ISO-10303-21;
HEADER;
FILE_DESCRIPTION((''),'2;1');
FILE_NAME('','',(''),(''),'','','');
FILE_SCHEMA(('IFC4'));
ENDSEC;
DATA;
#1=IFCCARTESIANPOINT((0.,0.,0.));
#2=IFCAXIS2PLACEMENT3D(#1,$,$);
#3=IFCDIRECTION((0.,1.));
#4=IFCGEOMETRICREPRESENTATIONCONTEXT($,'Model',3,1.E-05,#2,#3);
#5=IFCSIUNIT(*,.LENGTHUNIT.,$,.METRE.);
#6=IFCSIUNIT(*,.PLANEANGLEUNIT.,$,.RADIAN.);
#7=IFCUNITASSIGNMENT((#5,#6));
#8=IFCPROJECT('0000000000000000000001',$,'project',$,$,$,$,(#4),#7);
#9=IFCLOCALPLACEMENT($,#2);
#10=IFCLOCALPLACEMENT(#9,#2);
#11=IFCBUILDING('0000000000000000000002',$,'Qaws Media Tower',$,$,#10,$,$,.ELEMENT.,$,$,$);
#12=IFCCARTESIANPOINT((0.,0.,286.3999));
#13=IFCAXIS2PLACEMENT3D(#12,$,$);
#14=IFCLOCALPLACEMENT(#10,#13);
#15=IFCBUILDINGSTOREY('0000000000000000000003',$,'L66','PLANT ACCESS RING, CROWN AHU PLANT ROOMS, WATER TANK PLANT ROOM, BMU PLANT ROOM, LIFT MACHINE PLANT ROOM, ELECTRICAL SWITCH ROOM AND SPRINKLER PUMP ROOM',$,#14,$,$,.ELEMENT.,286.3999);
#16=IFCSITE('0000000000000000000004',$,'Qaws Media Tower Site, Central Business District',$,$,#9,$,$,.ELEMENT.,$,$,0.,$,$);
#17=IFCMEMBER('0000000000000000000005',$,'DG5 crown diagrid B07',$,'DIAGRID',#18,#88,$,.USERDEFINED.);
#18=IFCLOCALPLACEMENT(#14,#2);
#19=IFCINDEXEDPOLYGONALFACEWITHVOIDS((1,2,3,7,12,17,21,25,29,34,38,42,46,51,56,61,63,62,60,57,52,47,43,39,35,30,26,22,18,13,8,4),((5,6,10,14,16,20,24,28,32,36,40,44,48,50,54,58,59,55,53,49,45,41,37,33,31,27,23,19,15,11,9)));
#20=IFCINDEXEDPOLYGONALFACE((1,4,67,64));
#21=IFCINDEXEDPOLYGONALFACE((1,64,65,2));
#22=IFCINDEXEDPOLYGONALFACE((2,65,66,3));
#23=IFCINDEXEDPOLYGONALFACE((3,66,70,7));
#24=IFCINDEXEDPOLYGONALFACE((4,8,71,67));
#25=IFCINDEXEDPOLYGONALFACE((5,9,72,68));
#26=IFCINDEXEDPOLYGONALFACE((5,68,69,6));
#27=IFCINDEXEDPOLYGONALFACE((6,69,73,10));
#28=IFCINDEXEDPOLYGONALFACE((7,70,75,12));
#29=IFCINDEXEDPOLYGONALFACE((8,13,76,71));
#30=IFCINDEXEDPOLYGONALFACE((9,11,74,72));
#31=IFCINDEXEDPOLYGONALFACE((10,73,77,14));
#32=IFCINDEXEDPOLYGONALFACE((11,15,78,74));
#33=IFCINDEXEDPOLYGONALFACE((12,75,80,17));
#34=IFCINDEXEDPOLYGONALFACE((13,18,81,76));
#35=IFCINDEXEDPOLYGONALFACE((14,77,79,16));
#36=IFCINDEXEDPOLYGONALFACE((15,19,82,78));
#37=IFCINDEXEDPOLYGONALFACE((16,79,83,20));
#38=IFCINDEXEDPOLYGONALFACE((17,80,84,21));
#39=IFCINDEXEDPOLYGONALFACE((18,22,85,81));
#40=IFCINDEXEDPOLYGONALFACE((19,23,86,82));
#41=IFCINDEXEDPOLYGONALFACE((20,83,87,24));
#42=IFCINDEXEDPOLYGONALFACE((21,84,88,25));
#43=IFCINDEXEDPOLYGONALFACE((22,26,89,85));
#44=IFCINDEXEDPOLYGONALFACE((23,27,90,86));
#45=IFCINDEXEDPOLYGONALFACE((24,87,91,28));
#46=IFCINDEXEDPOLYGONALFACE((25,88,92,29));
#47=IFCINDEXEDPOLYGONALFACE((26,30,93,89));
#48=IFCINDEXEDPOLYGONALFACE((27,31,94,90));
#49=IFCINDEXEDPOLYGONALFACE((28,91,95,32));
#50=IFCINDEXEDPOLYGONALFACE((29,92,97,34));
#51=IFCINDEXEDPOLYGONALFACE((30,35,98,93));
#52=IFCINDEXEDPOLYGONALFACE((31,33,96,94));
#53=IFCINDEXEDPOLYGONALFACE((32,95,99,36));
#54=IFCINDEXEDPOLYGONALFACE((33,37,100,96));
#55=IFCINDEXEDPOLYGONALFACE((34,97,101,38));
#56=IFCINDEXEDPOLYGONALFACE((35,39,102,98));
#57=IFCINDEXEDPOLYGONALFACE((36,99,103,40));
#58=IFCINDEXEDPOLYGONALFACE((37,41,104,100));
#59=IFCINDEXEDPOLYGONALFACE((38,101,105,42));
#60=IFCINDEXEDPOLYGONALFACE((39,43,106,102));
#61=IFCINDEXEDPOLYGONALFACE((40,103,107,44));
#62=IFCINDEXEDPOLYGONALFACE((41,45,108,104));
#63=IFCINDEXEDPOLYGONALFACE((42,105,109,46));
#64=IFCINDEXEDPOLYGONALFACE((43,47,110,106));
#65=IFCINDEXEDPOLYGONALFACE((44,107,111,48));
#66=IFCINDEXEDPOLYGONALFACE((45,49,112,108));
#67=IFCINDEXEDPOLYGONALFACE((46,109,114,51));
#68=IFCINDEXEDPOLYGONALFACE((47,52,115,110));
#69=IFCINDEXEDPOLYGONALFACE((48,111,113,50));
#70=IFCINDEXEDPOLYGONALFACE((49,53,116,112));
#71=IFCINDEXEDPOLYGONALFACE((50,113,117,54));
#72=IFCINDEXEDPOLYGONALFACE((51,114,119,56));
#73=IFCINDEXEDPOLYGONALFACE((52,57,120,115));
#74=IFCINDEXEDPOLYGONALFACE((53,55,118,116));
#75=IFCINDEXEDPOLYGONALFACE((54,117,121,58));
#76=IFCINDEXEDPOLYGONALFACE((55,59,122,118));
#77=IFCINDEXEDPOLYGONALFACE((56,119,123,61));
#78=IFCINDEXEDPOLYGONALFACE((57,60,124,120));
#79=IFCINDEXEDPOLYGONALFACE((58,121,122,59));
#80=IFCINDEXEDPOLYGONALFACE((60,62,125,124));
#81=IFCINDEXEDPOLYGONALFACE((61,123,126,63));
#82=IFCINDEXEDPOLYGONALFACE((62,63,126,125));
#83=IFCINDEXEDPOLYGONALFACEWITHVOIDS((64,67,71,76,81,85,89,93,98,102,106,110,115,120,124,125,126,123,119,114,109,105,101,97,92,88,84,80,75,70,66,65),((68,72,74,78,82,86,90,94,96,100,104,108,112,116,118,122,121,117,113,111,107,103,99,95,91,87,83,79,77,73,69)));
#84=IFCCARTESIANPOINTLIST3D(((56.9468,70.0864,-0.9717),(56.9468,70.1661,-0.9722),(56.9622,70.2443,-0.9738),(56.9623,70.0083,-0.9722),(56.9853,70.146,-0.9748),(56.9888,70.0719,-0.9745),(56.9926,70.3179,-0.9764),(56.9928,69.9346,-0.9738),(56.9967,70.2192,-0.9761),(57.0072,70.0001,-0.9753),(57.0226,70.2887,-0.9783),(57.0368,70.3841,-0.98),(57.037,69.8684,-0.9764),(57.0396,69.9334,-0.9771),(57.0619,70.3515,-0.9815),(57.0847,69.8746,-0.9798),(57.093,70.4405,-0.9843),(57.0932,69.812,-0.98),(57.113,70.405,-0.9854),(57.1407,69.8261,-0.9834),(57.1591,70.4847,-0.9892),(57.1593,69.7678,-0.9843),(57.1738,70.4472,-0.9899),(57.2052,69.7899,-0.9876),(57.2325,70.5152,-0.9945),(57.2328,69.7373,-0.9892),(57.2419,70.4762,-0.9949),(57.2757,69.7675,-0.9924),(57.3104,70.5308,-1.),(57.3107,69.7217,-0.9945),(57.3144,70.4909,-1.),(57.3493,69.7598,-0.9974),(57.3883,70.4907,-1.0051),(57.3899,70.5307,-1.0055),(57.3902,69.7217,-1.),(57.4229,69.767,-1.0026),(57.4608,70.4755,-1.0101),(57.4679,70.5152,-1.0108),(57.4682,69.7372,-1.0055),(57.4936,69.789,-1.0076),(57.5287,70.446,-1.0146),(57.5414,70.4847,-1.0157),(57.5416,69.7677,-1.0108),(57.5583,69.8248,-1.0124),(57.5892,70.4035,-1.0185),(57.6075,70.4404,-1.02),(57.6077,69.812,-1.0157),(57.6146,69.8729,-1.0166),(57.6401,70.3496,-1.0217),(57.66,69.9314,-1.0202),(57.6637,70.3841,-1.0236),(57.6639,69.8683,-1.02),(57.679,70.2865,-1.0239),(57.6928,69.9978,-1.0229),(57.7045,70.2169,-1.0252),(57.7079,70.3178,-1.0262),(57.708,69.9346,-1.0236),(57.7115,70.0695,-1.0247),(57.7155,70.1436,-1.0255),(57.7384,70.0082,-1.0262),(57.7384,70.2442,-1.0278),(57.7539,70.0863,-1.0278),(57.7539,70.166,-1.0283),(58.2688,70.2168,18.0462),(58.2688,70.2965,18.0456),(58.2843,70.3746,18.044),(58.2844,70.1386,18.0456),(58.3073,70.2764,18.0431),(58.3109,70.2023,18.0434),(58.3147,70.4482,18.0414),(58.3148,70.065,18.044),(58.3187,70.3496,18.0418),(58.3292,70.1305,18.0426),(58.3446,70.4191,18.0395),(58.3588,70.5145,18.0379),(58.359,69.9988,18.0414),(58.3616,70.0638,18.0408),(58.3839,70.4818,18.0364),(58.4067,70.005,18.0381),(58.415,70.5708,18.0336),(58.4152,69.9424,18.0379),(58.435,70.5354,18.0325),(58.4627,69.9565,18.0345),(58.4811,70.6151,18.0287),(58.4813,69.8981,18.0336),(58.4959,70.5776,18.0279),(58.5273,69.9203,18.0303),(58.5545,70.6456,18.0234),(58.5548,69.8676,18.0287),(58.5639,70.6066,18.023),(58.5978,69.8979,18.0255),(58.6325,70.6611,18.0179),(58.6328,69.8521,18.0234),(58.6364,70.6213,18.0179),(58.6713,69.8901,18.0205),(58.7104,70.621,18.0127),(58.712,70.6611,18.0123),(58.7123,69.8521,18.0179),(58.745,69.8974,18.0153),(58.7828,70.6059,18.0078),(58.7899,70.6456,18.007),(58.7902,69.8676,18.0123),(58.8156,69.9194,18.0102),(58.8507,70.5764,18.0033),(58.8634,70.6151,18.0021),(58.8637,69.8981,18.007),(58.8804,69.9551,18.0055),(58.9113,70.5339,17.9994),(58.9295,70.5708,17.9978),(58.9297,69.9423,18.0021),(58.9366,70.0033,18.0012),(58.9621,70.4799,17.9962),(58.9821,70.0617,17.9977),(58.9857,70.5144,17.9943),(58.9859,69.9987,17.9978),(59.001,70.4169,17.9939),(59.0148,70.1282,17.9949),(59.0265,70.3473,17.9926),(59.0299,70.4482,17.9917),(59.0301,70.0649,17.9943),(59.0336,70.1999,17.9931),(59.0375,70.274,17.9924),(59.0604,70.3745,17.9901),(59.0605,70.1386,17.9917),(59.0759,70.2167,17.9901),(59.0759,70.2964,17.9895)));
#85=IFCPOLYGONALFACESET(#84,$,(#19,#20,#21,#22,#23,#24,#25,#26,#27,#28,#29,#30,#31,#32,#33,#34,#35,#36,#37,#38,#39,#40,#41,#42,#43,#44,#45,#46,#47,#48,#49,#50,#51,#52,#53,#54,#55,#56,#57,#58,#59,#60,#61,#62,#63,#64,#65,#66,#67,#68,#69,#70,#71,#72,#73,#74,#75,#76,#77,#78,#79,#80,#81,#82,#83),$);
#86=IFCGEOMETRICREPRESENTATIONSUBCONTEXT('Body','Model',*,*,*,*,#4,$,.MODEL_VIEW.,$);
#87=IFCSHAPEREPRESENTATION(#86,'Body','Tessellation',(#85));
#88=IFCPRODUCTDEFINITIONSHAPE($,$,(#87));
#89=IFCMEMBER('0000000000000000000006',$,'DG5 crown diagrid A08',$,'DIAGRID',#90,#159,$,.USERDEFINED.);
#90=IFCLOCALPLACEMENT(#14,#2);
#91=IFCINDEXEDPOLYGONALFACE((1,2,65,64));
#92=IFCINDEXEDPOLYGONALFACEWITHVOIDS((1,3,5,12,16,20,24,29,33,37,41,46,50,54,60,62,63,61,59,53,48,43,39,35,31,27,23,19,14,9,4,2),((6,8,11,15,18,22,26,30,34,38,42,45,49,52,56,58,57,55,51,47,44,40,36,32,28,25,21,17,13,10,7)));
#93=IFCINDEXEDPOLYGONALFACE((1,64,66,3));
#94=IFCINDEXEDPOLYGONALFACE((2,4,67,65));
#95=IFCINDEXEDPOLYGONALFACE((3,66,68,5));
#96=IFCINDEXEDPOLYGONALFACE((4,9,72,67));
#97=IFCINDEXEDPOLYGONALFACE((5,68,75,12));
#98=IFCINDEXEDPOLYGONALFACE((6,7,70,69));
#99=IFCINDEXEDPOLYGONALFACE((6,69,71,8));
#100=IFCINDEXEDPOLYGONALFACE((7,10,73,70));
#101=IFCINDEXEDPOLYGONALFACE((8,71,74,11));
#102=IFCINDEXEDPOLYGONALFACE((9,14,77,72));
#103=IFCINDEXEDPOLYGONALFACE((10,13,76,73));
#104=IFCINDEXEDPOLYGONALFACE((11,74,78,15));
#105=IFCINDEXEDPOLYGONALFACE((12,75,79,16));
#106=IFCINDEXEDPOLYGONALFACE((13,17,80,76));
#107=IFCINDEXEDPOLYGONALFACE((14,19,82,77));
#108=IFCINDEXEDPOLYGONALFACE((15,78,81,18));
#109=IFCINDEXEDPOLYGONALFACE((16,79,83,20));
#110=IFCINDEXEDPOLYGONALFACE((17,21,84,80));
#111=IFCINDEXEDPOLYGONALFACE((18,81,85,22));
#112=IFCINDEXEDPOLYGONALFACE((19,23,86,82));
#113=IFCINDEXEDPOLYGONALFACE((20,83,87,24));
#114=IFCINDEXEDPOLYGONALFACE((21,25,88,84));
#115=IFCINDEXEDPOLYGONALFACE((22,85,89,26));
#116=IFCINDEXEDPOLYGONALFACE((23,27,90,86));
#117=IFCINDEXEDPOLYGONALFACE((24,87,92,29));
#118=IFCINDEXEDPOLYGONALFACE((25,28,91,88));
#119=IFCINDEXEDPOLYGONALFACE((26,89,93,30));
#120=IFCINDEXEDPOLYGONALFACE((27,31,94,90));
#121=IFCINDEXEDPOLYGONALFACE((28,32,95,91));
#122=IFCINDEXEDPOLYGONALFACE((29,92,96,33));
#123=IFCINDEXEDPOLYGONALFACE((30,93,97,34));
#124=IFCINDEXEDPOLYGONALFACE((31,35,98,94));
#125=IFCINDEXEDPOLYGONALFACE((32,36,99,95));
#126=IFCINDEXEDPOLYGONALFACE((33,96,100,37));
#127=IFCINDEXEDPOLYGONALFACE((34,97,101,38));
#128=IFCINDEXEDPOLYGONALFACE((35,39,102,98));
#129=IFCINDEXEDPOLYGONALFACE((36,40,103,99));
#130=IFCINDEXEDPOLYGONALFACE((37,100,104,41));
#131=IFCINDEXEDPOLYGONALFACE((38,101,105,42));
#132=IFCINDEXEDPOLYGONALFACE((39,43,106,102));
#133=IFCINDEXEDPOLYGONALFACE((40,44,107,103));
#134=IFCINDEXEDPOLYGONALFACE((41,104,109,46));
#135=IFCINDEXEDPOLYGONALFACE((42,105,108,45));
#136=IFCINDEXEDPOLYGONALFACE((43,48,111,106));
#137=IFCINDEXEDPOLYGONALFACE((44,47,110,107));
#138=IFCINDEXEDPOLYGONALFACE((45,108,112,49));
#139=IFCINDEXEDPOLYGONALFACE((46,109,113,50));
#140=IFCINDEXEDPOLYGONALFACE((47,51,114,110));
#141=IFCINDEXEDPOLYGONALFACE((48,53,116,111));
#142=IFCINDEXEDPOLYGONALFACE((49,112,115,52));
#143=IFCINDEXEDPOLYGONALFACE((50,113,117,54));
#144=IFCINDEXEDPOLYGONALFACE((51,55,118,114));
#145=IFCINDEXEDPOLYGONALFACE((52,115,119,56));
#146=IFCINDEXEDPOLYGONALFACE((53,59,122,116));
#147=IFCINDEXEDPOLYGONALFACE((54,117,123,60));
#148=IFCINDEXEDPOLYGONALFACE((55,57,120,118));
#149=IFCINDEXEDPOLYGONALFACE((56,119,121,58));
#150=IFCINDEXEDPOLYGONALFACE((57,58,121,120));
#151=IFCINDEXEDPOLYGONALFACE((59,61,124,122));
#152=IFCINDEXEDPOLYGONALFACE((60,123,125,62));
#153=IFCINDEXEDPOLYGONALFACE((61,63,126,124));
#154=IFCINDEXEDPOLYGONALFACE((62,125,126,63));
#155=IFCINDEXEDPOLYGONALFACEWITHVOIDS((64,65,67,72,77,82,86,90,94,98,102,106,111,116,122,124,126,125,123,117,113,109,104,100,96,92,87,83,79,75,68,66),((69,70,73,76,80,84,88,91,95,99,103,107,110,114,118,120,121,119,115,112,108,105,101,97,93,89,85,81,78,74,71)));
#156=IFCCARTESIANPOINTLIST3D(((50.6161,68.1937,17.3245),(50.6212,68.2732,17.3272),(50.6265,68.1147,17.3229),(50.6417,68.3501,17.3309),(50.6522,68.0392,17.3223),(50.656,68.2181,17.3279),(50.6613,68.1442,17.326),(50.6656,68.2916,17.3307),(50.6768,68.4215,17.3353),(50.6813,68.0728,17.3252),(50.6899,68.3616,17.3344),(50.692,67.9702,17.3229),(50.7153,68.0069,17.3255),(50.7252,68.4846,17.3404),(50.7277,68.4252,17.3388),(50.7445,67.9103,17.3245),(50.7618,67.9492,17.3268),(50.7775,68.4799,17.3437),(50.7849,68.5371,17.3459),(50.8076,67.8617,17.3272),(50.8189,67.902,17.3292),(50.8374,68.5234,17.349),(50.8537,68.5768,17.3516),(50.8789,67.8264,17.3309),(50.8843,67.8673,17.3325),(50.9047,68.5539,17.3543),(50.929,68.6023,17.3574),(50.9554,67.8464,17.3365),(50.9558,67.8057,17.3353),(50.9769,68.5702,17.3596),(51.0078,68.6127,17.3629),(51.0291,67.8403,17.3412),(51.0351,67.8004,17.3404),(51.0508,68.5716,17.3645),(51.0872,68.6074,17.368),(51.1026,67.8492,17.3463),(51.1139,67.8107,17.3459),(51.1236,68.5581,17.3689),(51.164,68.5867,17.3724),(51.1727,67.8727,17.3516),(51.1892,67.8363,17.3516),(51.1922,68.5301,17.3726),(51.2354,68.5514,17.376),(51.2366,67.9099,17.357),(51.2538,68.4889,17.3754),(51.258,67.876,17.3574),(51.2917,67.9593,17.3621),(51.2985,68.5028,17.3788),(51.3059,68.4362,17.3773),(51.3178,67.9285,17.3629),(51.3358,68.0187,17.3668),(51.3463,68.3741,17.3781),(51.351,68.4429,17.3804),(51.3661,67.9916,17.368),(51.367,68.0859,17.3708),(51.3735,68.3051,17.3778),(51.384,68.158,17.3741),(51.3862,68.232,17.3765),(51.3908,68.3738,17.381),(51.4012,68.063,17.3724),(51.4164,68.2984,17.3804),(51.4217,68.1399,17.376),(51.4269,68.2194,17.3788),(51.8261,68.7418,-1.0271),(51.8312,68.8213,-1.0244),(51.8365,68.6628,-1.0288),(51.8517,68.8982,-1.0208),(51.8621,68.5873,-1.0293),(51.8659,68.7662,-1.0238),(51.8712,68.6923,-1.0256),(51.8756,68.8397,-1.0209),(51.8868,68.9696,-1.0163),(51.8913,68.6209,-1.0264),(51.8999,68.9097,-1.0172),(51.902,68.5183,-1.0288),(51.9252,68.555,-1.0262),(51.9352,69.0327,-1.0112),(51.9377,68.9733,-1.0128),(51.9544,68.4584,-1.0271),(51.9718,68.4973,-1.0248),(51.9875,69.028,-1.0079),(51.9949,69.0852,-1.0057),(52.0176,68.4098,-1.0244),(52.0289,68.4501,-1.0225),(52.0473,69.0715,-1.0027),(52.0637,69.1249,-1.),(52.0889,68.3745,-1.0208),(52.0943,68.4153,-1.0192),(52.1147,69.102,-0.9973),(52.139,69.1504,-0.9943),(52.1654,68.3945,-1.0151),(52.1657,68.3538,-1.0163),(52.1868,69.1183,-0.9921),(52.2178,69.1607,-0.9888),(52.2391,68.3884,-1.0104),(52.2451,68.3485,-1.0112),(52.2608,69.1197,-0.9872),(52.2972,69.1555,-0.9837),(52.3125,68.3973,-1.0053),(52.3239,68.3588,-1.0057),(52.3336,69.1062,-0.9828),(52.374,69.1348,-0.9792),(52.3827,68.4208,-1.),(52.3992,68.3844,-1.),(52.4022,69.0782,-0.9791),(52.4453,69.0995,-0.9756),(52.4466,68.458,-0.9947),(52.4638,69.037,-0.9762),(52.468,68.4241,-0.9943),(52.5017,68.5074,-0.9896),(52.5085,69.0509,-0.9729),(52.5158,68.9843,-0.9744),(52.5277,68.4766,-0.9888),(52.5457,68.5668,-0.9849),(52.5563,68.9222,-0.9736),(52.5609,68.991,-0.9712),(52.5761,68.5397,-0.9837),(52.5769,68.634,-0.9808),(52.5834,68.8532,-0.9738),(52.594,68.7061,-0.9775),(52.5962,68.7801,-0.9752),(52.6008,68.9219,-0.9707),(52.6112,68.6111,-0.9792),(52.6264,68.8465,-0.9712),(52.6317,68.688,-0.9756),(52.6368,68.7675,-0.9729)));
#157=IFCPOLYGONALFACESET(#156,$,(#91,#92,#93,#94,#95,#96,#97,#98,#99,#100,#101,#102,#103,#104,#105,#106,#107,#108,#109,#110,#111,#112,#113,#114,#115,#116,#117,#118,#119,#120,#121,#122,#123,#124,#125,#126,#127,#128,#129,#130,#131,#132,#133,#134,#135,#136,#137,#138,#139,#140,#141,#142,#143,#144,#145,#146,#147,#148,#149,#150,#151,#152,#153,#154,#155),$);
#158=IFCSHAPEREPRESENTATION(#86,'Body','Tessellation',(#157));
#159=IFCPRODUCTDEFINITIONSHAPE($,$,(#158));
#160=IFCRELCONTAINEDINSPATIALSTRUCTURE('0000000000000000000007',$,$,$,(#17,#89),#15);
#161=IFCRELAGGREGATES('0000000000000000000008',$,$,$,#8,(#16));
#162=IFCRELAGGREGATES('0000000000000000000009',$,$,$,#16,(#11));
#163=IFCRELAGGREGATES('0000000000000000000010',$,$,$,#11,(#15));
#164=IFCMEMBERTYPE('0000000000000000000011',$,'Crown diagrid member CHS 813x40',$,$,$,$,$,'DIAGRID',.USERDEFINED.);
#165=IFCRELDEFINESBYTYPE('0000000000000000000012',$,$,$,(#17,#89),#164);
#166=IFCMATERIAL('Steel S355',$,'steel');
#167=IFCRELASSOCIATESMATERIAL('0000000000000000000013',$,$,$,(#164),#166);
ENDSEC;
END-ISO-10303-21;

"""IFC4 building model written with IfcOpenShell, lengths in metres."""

from ifc_helpers import new_model, si_unit, direction, frame, origin, origin_2d, place, context, subcontext, project, spatial, hollow_circle, extrude, material, material_profile, profile_set, type_object, element, save


model = new_model("IFC4")

# Units and contexts
model_context = context("Model", 3, precision=1e-05, world=origin(), true_north=direction((0.0, 1.0)))
body_context = subcontext(model_context, "Body", "Model", "MODEL_VIEW")
ifc_project = project(units=[si_unit("LENGTHUNIT", "METRE"), si_unit("PLANEANGLEUNIT", "RADIAN")], contexts=[model_context])

# Site, building, storey
site_placement = place(None, origin())
site = spatial("IfcSite", under=ifc_project, at=site_placement, Name="Qaws Media Tower Site, Central Business District", CompositionType="ELEMENT", RefElevation=0.0)
building_placement = place(site_placement, origin())
building = spatial("IfcBuilding", under=site, at=building_placement, Name="Qaws Media Tower", CompositionType="ELEMENT")
storey_placement = place(building_placement, frame((0.0, 0.0, 286.3999)))
storey = spatial("IfcBuildingStorey", under=building, at=storey_placement, Name="L66", Description="PLANT ACCESS RING, CROWN AHU PLANT ROOMS, WATER TANK PLANT ROOM, BMU PLANT ROOM, LIFT MACHINE PLANT ROOM, ELECTRICAL SWITCH ROOM AND SPRINKLER PUMP ROOM", CompositionType="ELEMENT", Elevation=286.3999)

# Members
ifc_material_1 = material(Name="Steel S355", Category="steel")
ifc_material_profile_1 = material_profile(ifc_material_1, hollow_circle(Radius=0.4065, WallThickness=0.04, at=origin_2d()), Name="CHS 813x40")
ifc_profile_set_1 = profile_set([ifc_material_profile_1], Name="Steel S355")
member_type = type_object("IfcMemberType", Name="Crown diagrid member CHS 813x40", ElementType="DIAGRID", PredefinedType="USERDEFINED", material=ifc_profile_set_1)
member_1_placement = place(storey_placement, frame((57.3503, 70.1262, -1.0), z_axis=(0.069346, 0.006839, 0.997569), x_axis=(-0.098139, 0.995173, 0.0)))
element("IfcMember", 1, at=member_1_placement, inside=storey, type_object=member_type, Name="DG5 crown diagrid B07", ObjectType="DIAGRID", PredefinedType="USERDEFINED", context=body_context, shape_type="SweptSolid", body=[
    extrude(hollow_circle(Radius=0.4065, WallThickness=0.04, at=origin_2d()), origin(), (0.0, 0.0, 1.0), 19.0642),
])
member_2_placement = place(storey_placement, frame((52.2314, 68.7546, -1.0), z_axis=(-0.06576, -0.029789, 0.997391), x_axis=(0.412626, -0.910901, 0.0)))
element("IfcMember", 2, at=member_2_placement, inside=storey, type_object=member_type, Name="DG5 crown diagrid A08", ObjectType="DIAGRID", PredefinedType="USERDEFINED", context=body_context, shape_type="SweptSolid", body=[
    extrude(hollow_circle(Radius=0.4065, WallThickness=0.04, at=origin_2d()), origin(), (0.0, 0.0, 1.0), 18.3997),
])

save(model, "model.ifc")
